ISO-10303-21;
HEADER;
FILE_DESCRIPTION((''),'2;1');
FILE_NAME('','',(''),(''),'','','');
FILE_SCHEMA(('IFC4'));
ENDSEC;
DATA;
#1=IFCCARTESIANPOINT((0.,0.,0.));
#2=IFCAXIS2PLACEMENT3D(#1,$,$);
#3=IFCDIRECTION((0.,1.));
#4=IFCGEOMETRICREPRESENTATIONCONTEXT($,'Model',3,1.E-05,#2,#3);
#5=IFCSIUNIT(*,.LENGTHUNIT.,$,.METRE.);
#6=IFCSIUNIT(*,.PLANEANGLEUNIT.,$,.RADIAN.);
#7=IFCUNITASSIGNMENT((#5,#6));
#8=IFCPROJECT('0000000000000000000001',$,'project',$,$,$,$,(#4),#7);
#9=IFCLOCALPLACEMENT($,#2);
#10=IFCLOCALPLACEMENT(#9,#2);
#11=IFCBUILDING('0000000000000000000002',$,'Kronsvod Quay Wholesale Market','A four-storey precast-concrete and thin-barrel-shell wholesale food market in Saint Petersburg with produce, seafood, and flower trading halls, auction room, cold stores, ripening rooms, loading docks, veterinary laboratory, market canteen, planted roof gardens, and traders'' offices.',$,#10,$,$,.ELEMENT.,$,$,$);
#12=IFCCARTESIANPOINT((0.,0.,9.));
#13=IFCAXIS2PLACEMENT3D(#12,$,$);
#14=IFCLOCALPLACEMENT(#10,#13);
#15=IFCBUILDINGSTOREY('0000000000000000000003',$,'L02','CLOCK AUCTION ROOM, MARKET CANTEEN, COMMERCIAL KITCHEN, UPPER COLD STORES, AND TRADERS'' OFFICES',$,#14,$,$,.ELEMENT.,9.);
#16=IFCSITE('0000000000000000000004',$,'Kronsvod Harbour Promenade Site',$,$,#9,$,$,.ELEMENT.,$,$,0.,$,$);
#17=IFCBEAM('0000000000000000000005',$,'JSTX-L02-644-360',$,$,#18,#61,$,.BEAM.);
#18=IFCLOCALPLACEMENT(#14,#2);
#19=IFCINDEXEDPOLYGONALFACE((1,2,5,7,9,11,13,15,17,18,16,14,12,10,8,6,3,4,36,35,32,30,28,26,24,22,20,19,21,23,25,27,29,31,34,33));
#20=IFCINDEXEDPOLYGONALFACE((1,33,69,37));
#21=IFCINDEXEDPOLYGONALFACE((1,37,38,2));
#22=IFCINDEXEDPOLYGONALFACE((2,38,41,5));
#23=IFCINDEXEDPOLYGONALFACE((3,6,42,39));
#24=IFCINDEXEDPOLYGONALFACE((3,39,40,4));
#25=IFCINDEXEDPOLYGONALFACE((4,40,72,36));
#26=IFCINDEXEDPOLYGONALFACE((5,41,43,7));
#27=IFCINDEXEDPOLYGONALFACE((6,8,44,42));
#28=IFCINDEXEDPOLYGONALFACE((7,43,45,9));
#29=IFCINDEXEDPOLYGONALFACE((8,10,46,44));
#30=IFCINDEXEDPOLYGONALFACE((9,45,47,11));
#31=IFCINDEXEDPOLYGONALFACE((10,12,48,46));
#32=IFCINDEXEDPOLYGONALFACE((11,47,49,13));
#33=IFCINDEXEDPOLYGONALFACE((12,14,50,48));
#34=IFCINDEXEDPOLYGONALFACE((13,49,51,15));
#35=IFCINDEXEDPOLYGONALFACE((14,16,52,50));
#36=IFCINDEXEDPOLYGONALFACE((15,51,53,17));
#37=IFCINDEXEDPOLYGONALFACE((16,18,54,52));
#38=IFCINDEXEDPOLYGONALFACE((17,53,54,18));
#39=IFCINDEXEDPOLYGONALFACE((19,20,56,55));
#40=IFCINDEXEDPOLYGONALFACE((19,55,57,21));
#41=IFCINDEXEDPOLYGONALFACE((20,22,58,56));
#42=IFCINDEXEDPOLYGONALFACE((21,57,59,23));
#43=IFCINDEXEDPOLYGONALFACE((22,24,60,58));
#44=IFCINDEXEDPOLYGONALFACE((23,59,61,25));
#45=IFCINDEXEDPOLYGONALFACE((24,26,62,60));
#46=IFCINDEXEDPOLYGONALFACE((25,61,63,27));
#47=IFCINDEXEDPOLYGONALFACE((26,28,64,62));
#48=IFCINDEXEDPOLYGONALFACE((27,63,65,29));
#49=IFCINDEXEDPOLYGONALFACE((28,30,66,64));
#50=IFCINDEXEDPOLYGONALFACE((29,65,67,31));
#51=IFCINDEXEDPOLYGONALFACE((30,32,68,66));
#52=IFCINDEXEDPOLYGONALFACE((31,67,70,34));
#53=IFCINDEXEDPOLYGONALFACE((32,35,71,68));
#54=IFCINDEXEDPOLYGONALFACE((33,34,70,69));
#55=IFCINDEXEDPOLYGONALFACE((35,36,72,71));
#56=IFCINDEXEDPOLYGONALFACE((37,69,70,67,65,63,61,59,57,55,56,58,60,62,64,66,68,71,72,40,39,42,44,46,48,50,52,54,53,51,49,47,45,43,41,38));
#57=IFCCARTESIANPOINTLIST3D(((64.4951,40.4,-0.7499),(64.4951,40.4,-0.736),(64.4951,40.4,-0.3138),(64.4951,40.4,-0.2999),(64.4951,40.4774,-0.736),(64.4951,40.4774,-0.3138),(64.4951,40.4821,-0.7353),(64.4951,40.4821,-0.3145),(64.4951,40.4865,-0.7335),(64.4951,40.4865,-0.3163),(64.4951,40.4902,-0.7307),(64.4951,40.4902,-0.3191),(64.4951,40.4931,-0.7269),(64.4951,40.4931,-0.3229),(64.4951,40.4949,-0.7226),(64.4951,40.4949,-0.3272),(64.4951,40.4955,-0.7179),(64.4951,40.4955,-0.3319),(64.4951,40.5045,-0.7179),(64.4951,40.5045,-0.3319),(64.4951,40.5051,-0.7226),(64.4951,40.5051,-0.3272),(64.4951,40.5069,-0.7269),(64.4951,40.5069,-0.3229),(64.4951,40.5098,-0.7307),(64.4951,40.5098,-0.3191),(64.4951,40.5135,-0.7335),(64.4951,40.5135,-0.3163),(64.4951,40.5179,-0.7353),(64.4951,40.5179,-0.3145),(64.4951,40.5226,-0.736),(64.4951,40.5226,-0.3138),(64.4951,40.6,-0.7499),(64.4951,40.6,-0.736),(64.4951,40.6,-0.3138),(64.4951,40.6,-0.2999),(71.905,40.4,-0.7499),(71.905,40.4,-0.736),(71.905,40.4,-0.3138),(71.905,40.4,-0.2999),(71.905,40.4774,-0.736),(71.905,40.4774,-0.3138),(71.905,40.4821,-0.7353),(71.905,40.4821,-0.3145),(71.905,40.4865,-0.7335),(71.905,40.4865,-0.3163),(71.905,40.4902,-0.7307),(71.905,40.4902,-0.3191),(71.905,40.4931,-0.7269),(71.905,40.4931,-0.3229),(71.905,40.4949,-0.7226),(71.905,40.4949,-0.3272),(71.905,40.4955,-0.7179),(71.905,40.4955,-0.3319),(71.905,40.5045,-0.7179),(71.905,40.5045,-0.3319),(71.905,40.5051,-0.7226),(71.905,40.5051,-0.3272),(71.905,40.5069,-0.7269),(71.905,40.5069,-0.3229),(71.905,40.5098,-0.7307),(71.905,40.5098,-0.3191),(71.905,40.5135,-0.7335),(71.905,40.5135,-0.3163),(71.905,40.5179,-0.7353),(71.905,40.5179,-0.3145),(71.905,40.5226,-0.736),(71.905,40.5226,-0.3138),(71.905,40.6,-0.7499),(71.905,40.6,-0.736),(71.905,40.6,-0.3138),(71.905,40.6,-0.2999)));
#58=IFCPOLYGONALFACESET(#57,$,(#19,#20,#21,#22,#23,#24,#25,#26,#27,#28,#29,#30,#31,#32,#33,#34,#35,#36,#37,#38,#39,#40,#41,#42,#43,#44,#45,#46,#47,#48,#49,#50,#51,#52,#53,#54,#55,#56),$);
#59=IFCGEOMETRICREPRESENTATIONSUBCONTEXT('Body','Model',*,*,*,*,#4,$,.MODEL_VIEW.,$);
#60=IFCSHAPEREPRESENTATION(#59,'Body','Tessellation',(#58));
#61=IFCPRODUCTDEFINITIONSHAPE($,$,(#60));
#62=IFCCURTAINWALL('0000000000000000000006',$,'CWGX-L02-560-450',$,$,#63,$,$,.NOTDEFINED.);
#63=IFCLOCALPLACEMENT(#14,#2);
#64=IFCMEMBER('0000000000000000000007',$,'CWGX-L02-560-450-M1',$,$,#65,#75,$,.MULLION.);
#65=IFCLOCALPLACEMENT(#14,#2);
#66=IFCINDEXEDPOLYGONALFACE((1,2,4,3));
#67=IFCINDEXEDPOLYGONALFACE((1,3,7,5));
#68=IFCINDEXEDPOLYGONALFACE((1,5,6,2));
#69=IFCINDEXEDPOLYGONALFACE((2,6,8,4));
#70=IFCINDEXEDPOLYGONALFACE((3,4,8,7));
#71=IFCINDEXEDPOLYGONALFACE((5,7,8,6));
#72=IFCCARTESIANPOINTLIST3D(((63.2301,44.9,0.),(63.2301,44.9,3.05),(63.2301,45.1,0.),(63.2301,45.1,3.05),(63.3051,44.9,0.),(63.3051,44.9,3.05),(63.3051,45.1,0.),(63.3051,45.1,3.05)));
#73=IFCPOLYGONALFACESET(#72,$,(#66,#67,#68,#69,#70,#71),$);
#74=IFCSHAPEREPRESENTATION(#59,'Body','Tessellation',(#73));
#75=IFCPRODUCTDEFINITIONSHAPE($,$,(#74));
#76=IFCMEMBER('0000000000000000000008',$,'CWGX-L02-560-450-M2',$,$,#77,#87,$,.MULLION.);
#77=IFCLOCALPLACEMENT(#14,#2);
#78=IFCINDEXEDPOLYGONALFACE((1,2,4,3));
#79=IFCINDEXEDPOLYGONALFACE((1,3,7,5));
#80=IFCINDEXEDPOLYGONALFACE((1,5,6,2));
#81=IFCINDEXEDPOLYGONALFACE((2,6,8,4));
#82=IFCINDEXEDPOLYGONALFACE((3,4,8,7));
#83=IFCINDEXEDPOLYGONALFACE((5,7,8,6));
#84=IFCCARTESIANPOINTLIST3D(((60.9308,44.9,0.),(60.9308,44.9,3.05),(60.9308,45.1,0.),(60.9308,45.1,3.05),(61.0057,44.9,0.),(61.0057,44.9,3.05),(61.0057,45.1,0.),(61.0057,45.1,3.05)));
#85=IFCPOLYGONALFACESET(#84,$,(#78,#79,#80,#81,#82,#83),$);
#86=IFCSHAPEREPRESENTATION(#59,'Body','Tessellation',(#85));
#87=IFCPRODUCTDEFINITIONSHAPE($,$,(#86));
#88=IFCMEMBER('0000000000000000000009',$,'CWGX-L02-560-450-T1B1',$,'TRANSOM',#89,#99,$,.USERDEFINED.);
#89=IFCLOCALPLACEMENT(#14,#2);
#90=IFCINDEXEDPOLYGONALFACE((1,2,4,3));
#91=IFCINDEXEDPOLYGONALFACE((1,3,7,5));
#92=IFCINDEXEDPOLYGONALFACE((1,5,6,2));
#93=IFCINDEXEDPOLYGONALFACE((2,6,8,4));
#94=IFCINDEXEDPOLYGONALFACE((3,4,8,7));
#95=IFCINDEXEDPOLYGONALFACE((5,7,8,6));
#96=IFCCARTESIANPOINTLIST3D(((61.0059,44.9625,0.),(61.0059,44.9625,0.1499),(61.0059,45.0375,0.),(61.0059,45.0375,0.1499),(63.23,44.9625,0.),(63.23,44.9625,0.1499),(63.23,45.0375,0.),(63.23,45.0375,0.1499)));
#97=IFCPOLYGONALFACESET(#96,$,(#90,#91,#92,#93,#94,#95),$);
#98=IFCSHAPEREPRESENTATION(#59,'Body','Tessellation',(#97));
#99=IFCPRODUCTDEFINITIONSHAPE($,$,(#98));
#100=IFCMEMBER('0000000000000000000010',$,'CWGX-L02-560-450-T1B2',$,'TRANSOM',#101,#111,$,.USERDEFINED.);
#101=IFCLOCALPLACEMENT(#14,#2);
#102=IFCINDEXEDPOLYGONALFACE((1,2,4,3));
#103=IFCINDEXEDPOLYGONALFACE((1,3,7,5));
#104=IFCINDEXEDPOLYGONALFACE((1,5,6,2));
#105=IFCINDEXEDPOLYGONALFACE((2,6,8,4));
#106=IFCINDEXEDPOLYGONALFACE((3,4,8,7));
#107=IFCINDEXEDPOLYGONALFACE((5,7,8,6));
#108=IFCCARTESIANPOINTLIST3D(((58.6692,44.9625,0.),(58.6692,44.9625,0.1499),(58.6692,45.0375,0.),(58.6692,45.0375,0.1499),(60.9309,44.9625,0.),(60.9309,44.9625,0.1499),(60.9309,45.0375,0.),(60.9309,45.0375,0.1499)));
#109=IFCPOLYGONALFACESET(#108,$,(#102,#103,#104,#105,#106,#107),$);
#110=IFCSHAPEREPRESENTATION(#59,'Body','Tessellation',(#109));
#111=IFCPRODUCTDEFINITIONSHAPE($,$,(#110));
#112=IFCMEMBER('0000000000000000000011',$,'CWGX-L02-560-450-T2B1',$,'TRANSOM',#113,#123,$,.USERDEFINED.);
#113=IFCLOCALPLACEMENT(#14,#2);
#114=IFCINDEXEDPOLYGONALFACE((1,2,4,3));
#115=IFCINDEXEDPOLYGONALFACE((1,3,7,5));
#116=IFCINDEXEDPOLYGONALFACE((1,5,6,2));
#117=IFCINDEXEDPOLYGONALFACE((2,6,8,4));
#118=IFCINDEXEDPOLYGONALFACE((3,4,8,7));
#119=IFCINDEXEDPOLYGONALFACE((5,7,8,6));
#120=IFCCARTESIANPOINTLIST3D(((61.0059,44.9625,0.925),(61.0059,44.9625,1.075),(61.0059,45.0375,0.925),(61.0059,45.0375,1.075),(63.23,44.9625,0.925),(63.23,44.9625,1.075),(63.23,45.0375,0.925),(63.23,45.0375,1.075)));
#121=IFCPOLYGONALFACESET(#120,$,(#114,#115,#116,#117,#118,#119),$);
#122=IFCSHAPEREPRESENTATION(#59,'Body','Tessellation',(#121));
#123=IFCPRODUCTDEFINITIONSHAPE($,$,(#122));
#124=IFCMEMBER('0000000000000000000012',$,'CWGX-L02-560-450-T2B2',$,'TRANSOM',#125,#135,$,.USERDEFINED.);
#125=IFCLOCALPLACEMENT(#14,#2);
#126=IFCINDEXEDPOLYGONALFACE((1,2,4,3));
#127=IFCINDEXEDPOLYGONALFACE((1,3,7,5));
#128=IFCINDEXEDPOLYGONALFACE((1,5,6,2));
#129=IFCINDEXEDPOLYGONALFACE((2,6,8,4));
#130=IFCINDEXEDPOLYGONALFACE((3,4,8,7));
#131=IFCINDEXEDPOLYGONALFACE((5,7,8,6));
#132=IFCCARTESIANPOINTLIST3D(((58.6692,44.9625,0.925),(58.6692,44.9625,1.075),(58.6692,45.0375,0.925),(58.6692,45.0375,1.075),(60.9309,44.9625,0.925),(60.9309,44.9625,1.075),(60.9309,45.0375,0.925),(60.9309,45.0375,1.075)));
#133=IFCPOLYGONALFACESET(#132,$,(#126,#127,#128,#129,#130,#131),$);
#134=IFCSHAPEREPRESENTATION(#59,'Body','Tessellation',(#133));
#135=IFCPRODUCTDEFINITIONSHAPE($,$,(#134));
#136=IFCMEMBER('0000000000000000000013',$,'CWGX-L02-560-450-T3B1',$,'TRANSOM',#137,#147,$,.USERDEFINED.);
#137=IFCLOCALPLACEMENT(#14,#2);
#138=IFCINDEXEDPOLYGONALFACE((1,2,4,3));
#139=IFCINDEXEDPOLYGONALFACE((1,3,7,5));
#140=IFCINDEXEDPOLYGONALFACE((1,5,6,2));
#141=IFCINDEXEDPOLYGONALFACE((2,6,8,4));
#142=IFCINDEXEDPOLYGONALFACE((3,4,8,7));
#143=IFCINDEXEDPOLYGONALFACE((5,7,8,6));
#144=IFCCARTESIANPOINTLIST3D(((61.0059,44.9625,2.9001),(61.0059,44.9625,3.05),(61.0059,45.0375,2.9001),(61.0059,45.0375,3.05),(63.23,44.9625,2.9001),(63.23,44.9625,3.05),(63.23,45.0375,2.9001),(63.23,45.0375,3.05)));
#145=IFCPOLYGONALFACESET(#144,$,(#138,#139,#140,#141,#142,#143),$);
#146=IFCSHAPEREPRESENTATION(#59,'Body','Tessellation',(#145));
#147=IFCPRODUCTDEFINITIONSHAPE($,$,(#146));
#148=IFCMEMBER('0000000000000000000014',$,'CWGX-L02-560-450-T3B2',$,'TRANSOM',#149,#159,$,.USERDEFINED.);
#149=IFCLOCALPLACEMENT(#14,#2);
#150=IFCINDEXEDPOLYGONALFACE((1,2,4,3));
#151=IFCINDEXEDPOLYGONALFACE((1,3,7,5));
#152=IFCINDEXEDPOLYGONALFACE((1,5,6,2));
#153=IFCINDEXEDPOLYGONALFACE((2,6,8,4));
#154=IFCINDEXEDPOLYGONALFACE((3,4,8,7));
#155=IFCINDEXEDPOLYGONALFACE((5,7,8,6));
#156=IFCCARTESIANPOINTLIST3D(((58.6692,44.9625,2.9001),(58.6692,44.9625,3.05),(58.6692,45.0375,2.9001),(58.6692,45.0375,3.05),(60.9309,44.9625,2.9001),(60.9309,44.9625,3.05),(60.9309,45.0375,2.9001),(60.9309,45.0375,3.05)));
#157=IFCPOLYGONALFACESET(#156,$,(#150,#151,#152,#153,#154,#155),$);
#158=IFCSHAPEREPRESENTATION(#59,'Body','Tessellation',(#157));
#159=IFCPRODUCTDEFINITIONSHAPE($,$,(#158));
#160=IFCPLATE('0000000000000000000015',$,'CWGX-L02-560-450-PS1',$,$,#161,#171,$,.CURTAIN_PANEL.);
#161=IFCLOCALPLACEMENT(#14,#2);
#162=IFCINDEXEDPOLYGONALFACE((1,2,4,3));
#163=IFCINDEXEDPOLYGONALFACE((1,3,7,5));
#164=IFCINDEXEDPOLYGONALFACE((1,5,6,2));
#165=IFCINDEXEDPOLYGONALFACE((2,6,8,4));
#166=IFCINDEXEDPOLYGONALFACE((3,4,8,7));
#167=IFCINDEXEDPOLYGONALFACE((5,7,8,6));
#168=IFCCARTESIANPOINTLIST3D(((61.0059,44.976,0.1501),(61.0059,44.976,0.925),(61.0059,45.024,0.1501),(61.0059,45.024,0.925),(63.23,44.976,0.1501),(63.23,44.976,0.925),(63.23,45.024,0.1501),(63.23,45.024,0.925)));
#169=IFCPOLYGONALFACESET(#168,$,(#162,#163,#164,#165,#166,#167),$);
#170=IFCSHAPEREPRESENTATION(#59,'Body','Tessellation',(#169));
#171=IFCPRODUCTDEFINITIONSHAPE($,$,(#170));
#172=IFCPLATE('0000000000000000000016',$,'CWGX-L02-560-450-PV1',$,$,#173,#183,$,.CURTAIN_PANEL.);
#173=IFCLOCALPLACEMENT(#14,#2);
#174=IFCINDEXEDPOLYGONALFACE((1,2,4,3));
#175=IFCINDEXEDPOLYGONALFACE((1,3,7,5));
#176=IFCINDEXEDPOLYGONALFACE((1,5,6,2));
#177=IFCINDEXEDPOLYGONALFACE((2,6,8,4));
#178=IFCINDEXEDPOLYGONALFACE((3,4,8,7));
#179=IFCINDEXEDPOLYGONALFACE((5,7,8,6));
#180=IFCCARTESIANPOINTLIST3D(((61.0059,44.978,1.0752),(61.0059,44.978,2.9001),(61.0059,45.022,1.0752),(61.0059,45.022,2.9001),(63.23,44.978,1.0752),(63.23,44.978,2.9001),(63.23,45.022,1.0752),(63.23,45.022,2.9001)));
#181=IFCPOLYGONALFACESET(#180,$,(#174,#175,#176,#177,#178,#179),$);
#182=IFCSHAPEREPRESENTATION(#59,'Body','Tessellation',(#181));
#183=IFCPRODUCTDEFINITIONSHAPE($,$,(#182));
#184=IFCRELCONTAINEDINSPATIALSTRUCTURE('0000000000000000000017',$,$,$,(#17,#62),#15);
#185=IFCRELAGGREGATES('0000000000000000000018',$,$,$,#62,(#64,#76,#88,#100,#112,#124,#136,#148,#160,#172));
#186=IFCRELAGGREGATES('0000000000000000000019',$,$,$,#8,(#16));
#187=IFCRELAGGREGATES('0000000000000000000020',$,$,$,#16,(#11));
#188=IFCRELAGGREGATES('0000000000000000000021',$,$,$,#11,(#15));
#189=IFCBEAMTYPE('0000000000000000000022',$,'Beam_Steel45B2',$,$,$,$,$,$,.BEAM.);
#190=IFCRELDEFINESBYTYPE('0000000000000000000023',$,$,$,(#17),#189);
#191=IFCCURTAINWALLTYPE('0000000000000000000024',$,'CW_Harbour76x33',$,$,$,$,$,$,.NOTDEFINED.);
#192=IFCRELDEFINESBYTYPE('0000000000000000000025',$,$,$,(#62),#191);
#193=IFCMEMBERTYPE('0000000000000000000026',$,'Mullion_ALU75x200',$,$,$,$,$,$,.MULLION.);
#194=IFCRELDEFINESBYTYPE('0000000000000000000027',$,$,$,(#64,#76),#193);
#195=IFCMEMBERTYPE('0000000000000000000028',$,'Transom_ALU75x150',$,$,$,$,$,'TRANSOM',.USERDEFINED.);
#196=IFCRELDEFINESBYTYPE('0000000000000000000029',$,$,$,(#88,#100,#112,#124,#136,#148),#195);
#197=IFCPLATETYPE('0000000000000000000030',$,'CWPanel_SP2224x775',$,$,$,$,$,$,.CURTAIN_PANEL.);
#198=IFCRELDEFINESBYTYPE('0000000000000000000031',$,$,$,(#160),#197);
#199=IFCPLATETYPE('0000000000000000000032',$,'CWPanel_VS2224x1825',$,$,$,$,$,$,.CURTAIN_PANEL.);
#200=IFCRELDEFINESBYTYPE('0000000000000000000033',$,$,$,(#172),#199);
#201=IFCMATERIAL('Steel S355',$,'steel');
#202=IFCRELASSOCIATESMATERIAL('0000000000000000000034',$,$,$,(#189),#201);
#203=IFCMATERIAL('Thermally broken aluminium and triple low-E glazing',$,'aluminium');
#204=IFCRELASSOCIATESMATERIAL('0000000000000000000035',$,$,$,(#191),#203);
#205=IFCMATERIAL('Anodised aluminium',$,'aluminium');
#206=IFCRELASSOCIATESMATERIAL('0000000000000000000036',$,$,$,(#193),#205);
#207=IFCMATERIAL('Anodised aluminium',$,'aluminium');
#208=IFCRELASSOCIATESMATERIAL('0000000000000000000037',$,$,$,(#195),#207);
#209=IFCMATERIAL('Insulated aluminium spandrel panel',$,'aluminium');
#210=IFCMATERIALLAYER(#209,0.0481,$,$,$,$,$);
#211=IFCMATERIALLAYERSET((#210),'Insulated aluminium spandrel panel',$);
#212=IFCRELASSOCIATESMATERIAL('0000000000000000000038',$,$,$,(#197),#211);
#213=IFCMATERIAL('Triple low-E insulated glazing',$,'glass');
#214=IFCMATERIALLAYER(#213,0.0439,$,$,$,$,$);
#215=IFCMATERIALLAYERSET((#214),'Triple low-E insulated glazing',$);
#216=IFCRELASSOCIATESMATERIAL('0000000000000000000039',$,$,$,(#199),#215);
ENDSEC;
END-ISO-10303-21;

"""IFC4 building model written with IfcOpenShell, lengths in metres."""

from ifc_helpers import new_model, si_unit, direction, frame, origin, origin_2d, place, context, subcontext, project, spatial, rectangle, i_section, extrude, material, layer, layer_set, material_profile, profile_set, type_object, element, aggregate, save


model = new_model("IFC4")

# Units and contexts
model_context = context("Model", 3, precision=1e-05, world=origin(), true_north=direction((0.0, 1.0)))
body_context = subcontext(model_context, "Body", "Model", "MODEL_VIEW")
ifc_project = project(units=[si_unit("LENGTHUNIT", "METRE"), si_unit("PLANEANGLEUNIT", "RADIAN")], contexts=[model_context])

# Site, building, storey
site_placement = place(None, origin())
site = spatial("IfcSite", under=ifc_project, at=site_placement, Name="Kronsvod Harbour Promenade Site", CompositionType="ELEMENT", RefElevation=0.0)
building_placement = place(site_placement, origin())
building = spatial("IfcBuilding", under=site, at=building_placement, Name="Kronsvod Quay Wholesale Market", Description="A four-storey precast-concrete and thin-barrel-shell wholesale food market in Saint Petersburg with produce, seafood, and flower trading halls, auction room, cold stores, ripening rooms, loading docks, veterinary laboratory, market canteen, planted roof gardens, and traders' offices.", CompositionType="ELEMENT")
storey_placement = place(building_placement, frame((0.0, 0.0, 9.0)))
storey = spatial("IfcBuildingStorey", under=building, at=storey_placement, Name="L02", Description="CLOCK AUCTION ROOM, MARKET CANTEEN, COMMERCIAL KITCHEN, UPPER COLD STORES, AND TRADERS' OFFICES", CompositionType="ELEMENT", Elevation=9.0)

# Beam
ifc_material_1 = material(Name="Steel S355", Category="steel")
ifc_material_profile_1 = material_profile(ifc_material_1, i_section(OverallWidth=0.2, OverallDepth=0.45, WebThickness=0.009, FlangeThickness=0.0139, FilletRadius=0.0181, at=origin_2d()), Name="45B2")
ifc_profile_set_1 = profile_set([ifc_material_profile_1], Name="Steel S355")
beam_type_1 = type_object("IfcBeamType", Name="Beam_Steel45B2", PredefinedType="BEAM", material=ifc_profile_set_1)
beam_placement = place(storey_placement, frame((64.4951, 40.5, -0.5249), z_axis=(1.0, 0.0, 0.0), x_axis=(0.0, 1.0, 0.0)))
element("IfcBeam", 1, at=beam_placement, inside=storey, type_object=beam_type_1, Name="JSTX-L02-644-360", PredefinedType="BEAM", context=body_context, shape_type="SweptSolid", body=[
    extrude(i_section(OverallWidth=0.2, OverallDepth=0.45, WebThickness=0.009, FlangeThickness=0.0139, FilletRadius=0.0181, at=origin_2d()), origin(), (0.0, 0.0, 1.0), 7.4099),
])

# Curtain wall, members, plates
ifc_material_2 = material(Name="Thermally broken aluminium and triple low-E glazing", Category="aluminium")
curtain_wall_type = type_object("IfcCurtainWallType", Name="CW_Harbour76x33", PredefinedType="NOTDEFINED", material=ifc_material_2)
curtain_wall_placement = place(storey_placement, origin())
curtain_wall = element("IfcCurtainWall", 2, at=curtain_wall_placement, inside=storey, type_object=curtain_wall_type, Name="CWGX-L02-560-450", PredefinedType="NOTDEFINED")
ifc_material_3 = material(Name="Anodised aluminium", Category="aluminium")
ifc_material_profile_2 = material_profile(ifc_material_3, rectangle(XDim=0.075, YDim=0.2, at=origin_2d()), Name="ALUM75x200")
ifc_profile_set_2 = profile_set([ifc_material_profile_2], Name="Anodised aluminium")
member_type_1 = type_object("IfcMemberType", Name="Mullion_ALU75x200", PredefinedType="MULLION", material=ifc_profile_set_2)
member_1_placement = place(storey_placement, frame((63.2676, 45.0, 0.0), z_axis=(0.0, 0.0, 1.0), x_axis=(1.0, 0.0, 0.0)))
member_1 = element("IfcMember", 3, at=member_1_placement, type_object=member_type_1, Name="CWGX-L02-560-450-M1", PredefinedType="MULLION", context=body_context, shape_type="SweptSolid", body=[
    extrude(rectangle(XDim=0.075, YDim=0.2, at=origin_2d()), origin(), (0.0, 0.0, 1.0), 3.05),
])
member_2_placement = place(storey_placement, frame((60.9683, 45.0, 0.0), z_axis=(0.0, 0.0, 1.0), x_axis=(1.0, 0.0, 0.0)))
member_2 = element("IfcMember", 4, at=member_2_placement, type_object=member_type_1, Name="CWGX-L02-560-450-M2", PredefinedType="MULLION", context=body_context, shape_type="SweptSolid", body=[
    extrude(rectangle(XDim=0.075, YDim=0.2, at=origin_2d()), origin(), (0.0, 0.0, 1.0), 3.05),
])
ifc_material_4 = material(Name="Anodised aluminium", Category="aluminium")
ifc_material_profile_3 = material_profile(ifc_material_4, rectangle(XDim=0.075, YDim=0.1499, at=origin_2d()), Name="ALUT75x150")
ifc_profile_set_3 = profile_set([ifc_material_profile_3], Name="Anodised aluminium")
member_type_2 = type_object("IfcMemberType", Name="Transom_ALU75x150", ElementType="TRANSOM", PredefinedType="USERDEFINED", material=ifc_profile_set_3)
member_3_placement = place(storey_placement, frame((63.23, 45.0, 0.075), z_axis=(-1.0, 0.0, 0.0), x_axis=(0.0, -1.0, 0.0)))
member_3 = element("IfcMember", 5, at=member_3_placement, type_object=member_type_2, Name="CWGX-L02-560-450-T1B1", ObjectType="TRANSOM", PredefinedType="USERDEFINED", context=body_context, shape_type="SweptSolid", body=[
    extrude(rectangle(XDim=0.075, YDim=0.1499, at=origin_2d()), origin(), (0.0, 0.0, 1.0), 2.2241),
])
member_4_placement = place(storey_placement, frame((60.9309, 45.0, 0.075), z_axis=(-1.0, 0.0, 0.0), x_axis=(0.0, -1.0, 0.0)))
member_4 = element("IfcMember", 6, at=member_4_placement, type_object=member_type_2, Name="CWGX-L02-560-450-T1B2", ObjectType="TRANSOM", PredefinedType="USERDEFINED", context=body_context, shape_type="SweptSolid", body=[
    extrude(rectangle(XDim=0.075, YDim=0.1499, at=origin_2d()), origin(), (0.0, 0.0, 1.0), 2.2617),
])
member_5_placement = place(storey_placement, frame((63.23, 45.0, 1.0), z_axis=(-1.0, 0.0, 0.0), x_axis=(0.0, -1.0, 0.0)))
member_5 = element("IfcMember", 7, at=member_5_placement, type_object=member_type_2, Name="CWGX-L02-560-450-T2B1", ObjectType="TRANSOM", PredefinedType="USERDEFINED", context=body_context, shape_type="SweptSolid", body=[
    extrude(rectangle(XDim=0.075, YDim=0.1499, at=origin_2d()), origin(), (0.0, 0.0, 1.0), 2.2241),
])
member_6_placement = place(storey_placement, frame((60.9309, 45.0, 1.0), z_axis=(-1.0, 0.0, 0.0), x_axis=(0.0, -1.0, 0.0)))
member_6 = element("IfcMember", 8, at=member_6_placement, type_object=member_type_2, Name="CWGX-L02-560-450-T2B2", ObjectType="TRANSOM", PredefinedType="USERDEFINED", context=body_context, shape_type="SweptSolid", body=[
    extrude(rectangle(XDim=0.075, YDim=0.1499, at=origin_2d()), origin(), (0.0, 0.0, 1.0), 2.2617),
])
member_7_placement = place(storey_placement, frame((63.23, 45.0, 2.9751), z_axis=(-1.0, 0.0, 0.0), x_axis=(0.0, -1.0, 0.0)))
member_7 = element("IfcMember", 9, at=member_7_placement, type_object=member_type_2, Name="CWGX-L02-560-450-T3B1", ObjectType="TRANSOM", PredefinedType="USERDEFINED", context=body_context, shape_type="SweptSolid", body=[
    extrude(rectangle(XDim=0.075, YDim=0.1499, at=origin_2d()), origin(), (0.0, 0.0, 1.0), 2.2241),
])
member_8_placement = place(storey_placement, frame((60.9309, 45.0, 2.9751), z_axis=(-1.0, 0.0, 0.0), x_axis=(0.0, -1.0, 0.0)))
member_8 = element("IfcMember", 10, at=member_8_placement, type_object=member_type_2, Name="CWGX-L02-560-450-T3B2", ObjectType="TRANSOM", PredefinedType="USERDEFINED", context=body_context, shape_type="SweptSolid", body=[
    extrude(rectangle(XDim=0.075, YDim=0.1499, at=origin_2d()), origin(), (0.0, 0.0, 1.0), 2.2617),
])
ifc_material_5 = material(Name="Insulated aluminium spandrel panel", Category="aluminium")
ifc_layer_1 = layer(ifc_material_5, 0.0481)
ifc_layer_set_1 = layer_set([ifc_layer_1], Name="Insulated aluminium spandrel panel")
plate_type_1 = type_object("IfcPlateType", Name="CWPanel_SP2224x775", PredefinedType="CURTAIN_PANEL", material=ifc_layer_set_1)
plate_1_placement = place(storey_placement, frame((62.1179, 45.0, 0.1501), z_axis=(0.0, 0.0, 1.0), x_axis=(-1.0, 0.0, 0.0)))
plate_1 = element("IfcPlate", 11, at=plate_1_placement, type_object=plate_type_1, Name="CWGX-L02-560-450-PS1", PredefinedType="CURTAIN_PANEL", context=body_context, shape_type="SweptSolid", body=[
    extrude(rectangle(XDim=2.2241, YDim=0.0481, at=origin_2d()), origin(), (0.0, 0.0, 1.0), 0.7749),
])
ifc_material_6 = material(Name="Triple low-E insulated glazing", Category="glass")
ifc_layer_2 = layer(ifc_material_6, 0.0439)
ifc_layer_set_2 = layer_set([ifc_layer_2], Name="Triple low-E insulated glazing")
plate_type_2 = type_object("IfcPlateType", Name="CWPanel_VS2224x1825", PredefinedType="CURTAIN_PANEL", material=ifc_layer_set_2)
plate_2_placement = place(storey_placement, frame((62.1179, 45.0, 1.0752), z_axis=(0.0, 0.0, 1.0), x_axis=(-1.0, 0.0, 0.0)))
plate_2 = element("IfcPlate", 12, at=plate_2_placement, type_object=plate_type_2, Name="CWGX-L02-560-450-PV1", PredefinedType="CURTAIN_PANEL", context=body_context, shape_type="SweptSolid", body=[
    extrude(rectangle(XDim=2.2241, YDim=0.0439, at=origin_2d()), origin(), (0.0, 0.0, 1.0), 1.825),
])
aggregate(curtain_wall, [member_1, member_2, member_3, member_4, member_5, member_6, member_7, member_8, plate_1, plate_2])

save(model, "model.ifc")
